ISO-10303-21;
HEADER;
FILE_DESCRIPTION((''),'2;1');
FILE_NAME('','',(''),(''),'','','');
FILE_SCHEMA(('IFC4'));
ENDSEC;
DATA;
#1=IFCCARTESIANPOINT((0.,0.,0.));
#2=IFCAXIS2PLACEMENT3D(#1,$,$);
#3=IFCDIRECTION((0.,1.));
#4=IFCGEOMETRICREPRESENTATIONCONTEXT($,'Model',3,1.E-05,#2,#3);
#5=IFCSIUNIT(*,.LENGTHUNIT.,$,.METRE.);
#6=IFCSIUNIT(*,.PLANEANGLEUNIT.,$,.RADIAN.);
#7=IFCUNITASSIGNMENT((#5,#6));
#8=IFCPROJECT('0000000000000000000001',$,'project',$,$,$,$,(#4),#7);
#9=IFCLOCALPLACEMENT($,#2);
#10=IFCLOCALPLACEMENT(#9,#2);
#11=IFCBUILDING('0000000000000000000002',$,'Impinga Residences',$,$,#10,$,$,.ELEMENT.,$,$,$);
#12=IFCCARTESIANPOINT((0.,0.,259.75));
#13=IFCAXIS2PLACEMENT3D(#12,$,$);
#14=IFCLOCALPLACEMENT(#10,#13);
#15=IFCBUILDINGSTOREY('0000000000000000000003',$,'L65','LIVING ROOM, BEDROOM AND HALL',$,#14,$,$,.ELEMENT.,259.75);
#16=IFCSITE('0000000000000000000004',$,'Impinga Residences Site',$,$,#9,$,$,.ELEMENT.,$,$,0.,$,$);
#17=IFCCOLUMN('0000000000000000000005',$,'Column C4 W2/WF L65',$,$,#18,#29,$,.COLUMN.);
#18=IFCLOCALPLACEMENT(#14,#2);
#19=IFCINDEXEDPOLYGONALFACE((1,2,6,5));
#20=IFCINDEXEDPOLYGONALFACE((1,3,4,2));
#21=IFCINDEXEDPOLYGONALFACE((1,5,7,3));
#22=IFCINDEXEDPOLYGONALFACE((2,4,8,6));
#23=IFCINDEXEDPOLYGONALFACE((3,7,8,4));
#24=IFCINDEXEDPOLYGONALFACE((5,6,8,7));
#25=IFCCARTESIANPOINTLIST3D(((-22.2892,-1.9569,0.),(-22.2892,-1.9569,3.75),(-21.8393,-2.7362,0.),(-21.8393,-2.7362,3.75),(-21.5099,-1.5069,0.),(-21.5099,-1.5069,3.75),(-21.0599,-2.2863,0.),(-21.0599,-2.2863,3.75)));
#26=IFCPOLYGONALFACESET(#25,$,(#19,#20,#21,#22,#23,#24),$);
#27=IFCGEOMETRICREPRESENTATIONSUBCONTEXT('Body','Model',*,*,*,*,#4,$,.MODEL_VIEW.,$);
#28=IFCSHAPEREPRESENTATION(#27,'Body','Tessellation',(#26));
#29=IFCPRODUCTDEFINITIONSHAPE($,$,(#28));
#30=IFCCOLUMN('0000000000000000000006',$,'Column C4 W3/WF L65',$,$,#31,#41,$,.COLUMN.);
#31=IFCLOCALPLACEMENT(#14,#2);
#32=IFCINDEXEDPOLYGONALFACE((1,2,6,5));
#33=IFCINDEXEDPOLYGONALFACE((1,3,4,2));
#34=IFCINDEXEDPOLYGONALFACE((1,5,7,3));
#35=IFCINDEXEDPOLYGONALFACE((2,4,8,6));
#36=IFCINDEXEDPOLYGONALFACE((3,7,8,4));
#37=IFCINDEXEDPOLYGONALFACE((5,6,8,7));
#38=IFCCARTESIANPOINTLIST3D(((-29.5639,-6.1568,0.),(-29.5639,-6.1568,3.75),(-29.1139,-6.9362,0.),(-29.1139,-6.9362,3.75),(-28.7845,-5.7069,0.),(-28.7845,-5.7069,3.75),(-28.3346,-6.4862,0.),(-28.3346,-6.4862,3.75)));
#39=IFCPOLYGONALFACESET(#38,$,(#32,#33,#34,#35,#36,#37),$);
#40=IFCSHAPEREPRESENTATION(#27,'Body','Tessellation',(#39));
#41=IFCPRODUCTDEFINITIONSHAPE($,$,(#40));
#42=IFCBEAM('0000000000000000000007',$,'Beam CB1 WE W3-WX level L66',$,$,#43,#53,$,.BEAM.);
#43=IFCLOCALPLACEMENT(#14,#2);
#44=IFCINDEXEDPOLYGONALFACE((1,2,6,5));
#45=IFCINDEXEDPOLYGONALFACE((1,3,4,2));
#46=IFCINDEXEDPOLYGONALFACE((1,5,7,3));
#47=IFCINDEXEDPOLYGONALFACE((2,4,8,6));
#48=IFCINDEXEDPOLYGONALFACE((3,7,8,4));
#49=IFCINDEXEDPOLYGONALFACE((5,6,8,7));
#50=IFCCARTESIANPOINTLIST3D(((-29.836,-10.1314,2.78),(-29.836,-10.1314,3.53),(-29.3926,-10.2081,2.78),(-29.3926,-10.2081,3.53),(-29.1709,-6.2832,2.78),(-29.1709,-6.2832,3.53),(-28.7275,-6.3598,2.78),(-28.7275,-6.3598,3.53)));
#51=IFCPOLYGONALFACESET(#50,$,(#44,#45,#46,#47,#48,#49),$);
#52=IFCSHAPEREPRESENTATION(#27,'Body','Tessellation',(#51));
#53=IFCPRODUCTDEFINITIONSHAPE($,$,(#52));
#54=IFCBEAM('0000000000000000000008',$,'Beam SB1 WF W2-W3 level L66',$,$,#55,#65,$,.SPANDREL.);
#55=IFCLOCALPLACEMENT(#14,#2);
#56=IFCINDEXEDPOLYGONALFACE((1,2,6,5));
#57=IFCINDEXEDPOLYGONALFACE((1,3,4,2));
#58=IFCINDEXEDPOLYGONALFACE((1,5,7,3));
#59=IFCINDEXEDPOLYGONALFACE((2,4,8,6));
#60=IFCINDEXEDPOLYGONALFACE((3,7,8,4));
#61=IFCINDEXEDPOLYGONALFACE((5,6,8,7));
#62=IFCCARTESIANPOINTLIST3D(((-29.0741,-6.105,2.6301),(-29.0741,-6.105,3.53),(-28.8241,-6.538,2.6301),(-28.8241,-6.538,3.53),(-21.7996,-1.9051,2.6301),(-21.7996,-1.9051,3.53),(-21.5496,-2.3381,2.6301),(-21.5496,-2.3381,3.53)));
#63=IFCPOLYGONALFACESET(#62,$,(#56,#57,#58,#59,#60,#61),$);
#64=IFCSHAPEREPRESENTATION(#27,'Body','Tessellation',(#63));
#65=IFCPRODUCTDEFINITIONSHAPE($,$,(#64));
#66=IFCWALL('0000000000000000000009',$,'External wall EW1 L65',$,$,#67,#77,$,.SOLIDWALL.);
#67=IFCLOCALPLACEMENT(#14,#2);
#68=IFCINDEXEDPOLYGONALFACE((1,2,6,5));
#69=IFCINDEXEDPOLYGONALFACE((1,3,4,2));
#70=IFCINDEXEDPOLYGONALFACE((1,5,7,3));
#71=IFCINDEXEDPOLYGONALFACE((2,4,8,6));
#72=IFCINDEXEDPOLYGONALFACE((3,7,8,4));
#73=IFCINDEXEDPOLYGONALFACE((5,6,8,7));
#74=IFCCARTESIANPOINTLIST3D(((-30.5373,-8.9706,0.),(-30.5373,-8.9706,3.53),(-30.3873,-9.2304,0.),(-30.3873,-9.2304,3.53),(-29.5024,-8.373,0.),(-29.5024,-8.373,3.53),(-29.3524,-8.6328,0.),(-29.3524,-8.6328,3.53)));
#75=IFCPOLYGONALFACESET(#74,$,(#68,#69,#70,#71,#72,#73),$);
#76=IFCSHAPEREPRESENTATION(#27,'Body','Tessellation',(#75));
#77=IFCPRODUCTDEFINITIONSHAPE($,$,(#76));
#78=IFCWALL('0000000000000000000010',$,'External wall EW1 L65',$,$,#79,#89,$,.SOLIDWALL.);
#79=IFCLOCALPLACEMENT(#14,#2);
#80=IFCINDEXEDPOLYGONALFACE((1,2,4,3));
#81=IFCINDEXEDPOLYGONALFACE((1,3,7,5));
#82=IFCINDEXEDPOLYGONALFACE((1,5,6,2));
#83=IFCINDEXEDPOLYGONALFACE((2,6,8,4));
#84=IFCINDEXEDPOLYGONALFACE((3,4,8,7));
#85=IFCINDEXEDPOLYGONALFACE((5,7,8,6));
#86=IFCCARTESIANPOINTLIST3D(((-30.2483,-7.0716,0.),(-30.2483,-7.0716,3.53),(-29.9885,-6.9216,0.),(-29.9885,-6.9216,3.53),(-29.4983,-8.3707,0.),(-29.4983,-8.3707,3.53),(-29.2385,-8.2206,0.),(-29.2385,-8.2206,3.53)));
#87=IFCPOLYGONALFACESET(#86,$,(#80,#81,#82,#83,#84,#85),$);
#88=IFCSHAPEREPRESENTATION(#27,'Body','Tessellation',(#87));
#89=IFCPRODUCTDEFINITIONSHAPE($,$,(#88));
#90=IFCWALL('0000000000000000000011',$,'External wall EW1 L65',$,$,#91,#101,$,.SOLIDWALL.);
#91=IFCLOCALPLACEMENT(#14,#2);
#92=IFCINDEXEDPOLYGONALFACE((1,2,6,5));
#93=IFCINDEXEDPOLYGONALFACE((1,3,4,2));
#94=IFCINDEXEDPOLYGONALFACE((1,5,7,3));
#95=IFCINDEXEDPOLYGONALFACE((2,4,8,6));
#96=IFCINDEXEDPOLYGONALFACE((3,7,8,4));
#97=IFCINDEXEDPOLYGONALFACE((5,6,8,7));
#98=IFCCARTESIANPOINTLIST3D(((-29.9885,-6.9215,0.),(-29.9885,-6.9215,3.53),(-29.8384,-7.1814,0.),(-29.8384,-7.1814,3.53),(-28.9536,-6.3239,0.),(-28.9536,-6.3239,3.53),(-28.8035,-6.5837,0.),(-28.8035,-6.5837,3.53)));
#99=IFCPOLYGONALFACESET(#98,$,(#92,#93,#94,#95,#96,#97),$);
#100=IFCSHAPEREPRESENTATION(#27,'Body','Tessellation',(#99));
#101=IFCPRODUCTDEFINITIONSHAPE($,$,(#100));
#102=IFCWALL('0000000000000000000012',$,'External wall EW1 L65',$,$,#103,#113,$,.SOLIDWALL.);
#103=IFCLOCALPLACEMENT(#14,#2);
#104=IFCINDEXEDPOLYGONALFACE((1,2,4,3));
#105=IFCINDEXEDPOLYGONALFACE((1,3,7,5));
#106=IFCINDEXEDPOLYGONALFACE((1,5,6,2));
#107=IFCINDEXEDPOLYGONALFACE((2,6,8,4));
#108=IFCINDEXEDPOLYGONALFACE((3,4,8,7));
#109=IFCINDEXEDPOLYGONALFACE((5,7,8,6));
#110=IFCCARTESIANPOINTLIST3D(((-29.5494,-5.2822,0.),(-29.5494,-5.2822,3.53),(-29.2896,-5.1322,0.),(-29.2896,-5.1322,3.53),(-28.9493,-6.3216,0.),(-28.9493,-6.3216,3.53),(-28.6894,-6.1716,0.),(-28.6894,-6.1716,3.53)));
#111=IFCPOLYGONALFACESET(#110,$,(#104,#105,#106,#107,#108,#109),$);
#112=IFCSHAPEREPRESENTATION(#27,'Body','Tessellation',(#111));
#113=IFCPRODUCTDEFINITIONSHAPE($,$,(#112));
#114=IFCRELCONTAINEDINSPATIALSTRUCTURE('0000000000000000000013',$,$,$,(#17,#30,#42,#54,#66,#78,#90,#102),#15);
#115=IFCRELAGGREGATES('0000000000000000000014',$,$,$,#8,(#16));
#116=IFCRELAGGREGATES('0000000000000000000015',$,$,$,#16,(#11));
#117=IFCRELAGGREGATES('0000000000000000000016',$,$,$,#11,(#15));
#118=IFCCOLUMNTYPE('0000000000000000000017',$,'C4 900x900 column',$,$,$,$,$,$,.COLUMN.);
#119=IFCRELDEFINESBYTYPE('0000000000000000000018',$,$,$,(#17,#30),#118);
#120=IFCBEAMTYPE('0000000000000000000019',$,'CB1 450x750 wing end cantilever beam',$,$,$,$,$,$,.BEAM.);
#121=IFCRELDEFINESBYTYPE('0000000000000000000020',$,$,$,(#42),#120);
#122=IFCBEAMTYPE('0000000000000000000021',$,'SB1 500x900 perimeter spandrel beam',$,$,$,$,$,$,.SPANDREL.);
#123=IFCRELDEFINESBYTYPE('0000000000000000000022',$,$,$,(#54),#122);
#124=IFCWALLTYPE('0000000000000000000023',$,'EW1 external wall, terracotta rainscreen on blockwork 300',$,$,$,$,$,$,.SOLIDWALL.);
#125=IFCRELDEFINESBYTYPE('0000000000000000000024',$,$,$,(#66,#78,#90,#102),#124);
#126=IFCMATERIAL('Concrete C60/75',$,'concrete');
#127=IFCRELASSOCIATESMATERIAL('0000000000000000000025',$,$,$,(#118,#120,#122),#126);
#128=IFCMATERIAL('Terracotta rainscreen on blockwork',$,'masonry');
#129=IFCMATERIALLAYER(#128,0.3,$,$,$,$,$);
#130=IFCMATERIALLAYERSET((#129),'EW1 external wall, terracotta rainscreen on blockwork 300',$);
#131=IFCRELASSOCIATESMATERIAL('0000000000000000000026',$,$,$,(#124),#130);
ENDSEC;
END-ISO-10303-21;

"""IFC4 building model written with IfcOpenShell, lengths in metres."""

from ifc_helpers import new_model, si_unit, direction, frame, frame_2d, origin, origin_2d, place, context, subcontext, project, spatial, rectangle, extrude, material, layer, layer_set, material_profile, profile_set, type_object, element, save


model = new_model("IFC4")

# Units and contexts
model_context = context("Model", 3, precision=1e-05, world=origin(), true_north=direction((0.0, 1.0)))
body_context = subcontext(model_context, "Body", "Model", "MODEL_VIEW")
ifc_project = project(units=[si_unit("LENGTHUNIT", "METRE"), si_unit("PLANEANGLEUNIT", "RADIAN")], contexts=[model_context])

# Site, building, storey
site_placement = place(None, origin())
site = spatial("IfcSite", under=ifc_project, at=site_placement, Name="Impinga Residences Site", CompositionType="ELEMENT", RefElevation=0.0)
building_placement = place(site_placement, origin())
building = spatial("IfcBuilding", under=site, at=building_placement, Name="Impinga Residences", CompositionType="ELEMENT")
storey_placement = place(building_placement, frame((0.0, 0.0, 259.75)))
storey = spatial("IfcBuildingStorey", under=building, at=storey_placement, Name="L65", Description="LIVING ROOM, BEDROOM AND HALL", CompositionType="ELEMENT", Elevation=259.75)

# Columns
ifc_material_1 = material(Name="Concrete C60/75", Category="concrete")
ifc_material_profile_1 = material_profile(ifc_material_1, rectangle(XDim=0.8999, YDim=0.8999, at=origin_2d()), Name="RC 900x900")
ifc_profile_set_1 = profile_set([ifc_material_profile_1], Name="Concrete C60/75")
column_type = type_object("IfcColumnType", Name="C4 900x900 column", PredefinedType="COLUMN", material=ifc_profile_set_1)
for number, where, z_axis, x_axis, name in (
    (1, (-21.6746, -2.1216, 0.0), (0.0, 0.0, 1.0), (-0.5, 0.866025, 0.0), "Column C4 W2/WF L65"),
    (2, (-28.9492, -6.3215, 0.0), (0.0, 0.0, 1.0), (-0.5, 0.866025, 0.0), "Column C4 W3/WF L65"),
):
    element("IfcColumn", number, at=place(storey_placement, frame(where, z_axis=z_axis, x_axis=x_axis)), inside=storey, type_object=column_type, Name=name, PredefinedType="COLUMN", context=body_context, shape_type="SweptSolid", body=[
        extrude(rectangle(XDim=0.8999, YDim=0.8999, at=origin_2d()), origin(), (0.0, 0.0, 1.0), 3.75),
    ])

# Beams
ifc_material_profile_2 = material_profile(ifc_material_1, rectangle(XDim=0.45, YDim=0.75, at=origin_2d()), Name="RC 450x750")
ifc_profile_set_2 = profile_set([ifc_material_profile_2], Name="Concrete C60/75")
beam_type_1 = type_object("IfcBeamType", Name="CB1 450x750 wing end cantilever beam", PredefinedType="BEAM", material=ifc_profile_set_2)
beam_1_placement = place(storey_placement, frame((-28.9492, -6.3215, 3.155), z_axis=(-0.170296, -0.985393, 0.0), x_axis=(0.985393, -0.170296, 0.0)))
element("IfcBeam", 3, at=beam_1_placement, inside=storey, type_object=beam_type_1, Name="Beam CB1 WE W3-WX level L66", PredefinedType="BEAM", context=body_context, shape_type="SweptSolid", body=[
    extrude(rectangle(XDim=0.45, YDim=0.75, at=origin_2d()), origin(), (0.0, 0.0, 1.0), 3.9053),
])
ifc_material_profile_3 = material_profile(ifc_material_1, rectangle(XDim=0.5, YDim=0.8999, at=origin_2d()), Name="RC 500x900")
ifc_profile_set_3 = profile_set([ifc_material_profile_3], Name="Concrete C60/75")
beam_type_2 = type_object("IfcBeamType", Name="SB1 500x900 perimeter spandrel beam", PredefinedType="SPANDREL", material=ifc_profile_set_3)
beam_2_placement = place(storey_placement, frame((-21.6746, -2.1216, 3.0801), z_axis=(-0.866029, -0.499993, 0.0), x_axis=(0.499993, -0.866029, 0.0)))
element("IfcBeam", 4, at=beam_2_placement, inside=storey, type_object=beam_type_2, Name="Beam SB1 WF W2-W3 level L66", PredefinedType="SPANDREL", context=body_context, shape_type="SweptSolid", body=[
    extrude(rectangle(XDim=0.5, YDim=0.8999, at=origin_2d()), origin(), (0.0, 0.0, 1.0), 8.3999),
])

# Walls
ifc_material_2 = material(Name="Terracotta rainscreen on blockwork", Category="masonry")
ifc_layer_1 = layer(ifc_material_2, 0.3)
ifc_layer_set_1 = layer_set([ifc_layer_1], Name="EW1 external wall, terracotta rainscreen on blockwork 300")
wall_type_1 = type_object("IfcWallType", Name="EW1 external wall, terracotta rainscreen on blockwork 300", PredefinedType="SOLIDWALL", material=ifc_layer_set_1)
wall_1_placement = place(storey_placement, frame((-30.4624, -9.1006, 0.0), z_axis=(0.0, 0.0, 1.0), x_axis=(0.865971, 0.500094, 0.0)))
element("IfcWall", 5, at=wall_1_placement, inside=storey, type_object=wall_type_1, Name="External wall EW1 L65", PredefinedType="SOLIDWALL", context=body_context, shape_type="SweptSolid", body=[
    extrude(rectangle(XDim=1.1951, YDim=0.3, at=frame_2d((0.5977, 0.0))), origin(), (0.0, 0.0, 1.0), 3.53),
])
wall_2_placement = place(storey_placement, frame((-29.3684, -8.2957, 0.0), z_axis=(0.0, 0.0, 1.0), x_axis=(-0.49999, 0.866031, 0.0)))
element("IfcWall", 6, at=wall_2_placement, inside=storey, type_object=wall_type_1, Name="External wall EW1 L65", PredefinedType="SOLIDWALL", context=body_context, shape_type="SweptSolid", body=[
    extrude(rectangle(XDim=1.5, YDim=0.3, at=frame_2d((0.75, 0.0))), origin(), (0.0, 0.0, 1.0), 3.53),
])
wall_3_placement = place(storey_placement, frame((-29.9136, -7.0515, 0.0), z_axis=(0.0, 0.0, 1.0), x_axis=(0.865971, 0.500094, 0.0)))
element("IfcWall", 7, at=wall_3_placement, inside=storey, type_object=wall_type_1, Name="External wall EW1 L65", PredefinedType="SOLIDWALL", context=body_context, shape_type="SweptSolid", body=[
    extrude(rectangle(XDim=1.1951, YDim=0.3, at=frame_2d((0.5977, 0.0))), origin(), (0.0, 0.0, 1.0), 3.53),
])
wall_4_placement = place(storey_placement, frame((-28.8193, -6.2466, 0.0), z_axis=(0.0, 0.0, 1.0), x_axis=(-0.500034, 0.866006, 0.0)))
element("IfcWall", 8, at=wall_4_placement, inside=storey, type_object=wall_type_1, Name="External wall EW1 L65", PredefinedType="SOLIDWALL", context=body_context, shape_type="SweptSolid", body=[
    extrude(rectangle(XDim=1.2002, YDim=0.3, at=frame_2d((0.6001, 0.0))), origin(), (0.0, 0.0, 1.0), 3.53),
])

save(model, "model.ifc")
